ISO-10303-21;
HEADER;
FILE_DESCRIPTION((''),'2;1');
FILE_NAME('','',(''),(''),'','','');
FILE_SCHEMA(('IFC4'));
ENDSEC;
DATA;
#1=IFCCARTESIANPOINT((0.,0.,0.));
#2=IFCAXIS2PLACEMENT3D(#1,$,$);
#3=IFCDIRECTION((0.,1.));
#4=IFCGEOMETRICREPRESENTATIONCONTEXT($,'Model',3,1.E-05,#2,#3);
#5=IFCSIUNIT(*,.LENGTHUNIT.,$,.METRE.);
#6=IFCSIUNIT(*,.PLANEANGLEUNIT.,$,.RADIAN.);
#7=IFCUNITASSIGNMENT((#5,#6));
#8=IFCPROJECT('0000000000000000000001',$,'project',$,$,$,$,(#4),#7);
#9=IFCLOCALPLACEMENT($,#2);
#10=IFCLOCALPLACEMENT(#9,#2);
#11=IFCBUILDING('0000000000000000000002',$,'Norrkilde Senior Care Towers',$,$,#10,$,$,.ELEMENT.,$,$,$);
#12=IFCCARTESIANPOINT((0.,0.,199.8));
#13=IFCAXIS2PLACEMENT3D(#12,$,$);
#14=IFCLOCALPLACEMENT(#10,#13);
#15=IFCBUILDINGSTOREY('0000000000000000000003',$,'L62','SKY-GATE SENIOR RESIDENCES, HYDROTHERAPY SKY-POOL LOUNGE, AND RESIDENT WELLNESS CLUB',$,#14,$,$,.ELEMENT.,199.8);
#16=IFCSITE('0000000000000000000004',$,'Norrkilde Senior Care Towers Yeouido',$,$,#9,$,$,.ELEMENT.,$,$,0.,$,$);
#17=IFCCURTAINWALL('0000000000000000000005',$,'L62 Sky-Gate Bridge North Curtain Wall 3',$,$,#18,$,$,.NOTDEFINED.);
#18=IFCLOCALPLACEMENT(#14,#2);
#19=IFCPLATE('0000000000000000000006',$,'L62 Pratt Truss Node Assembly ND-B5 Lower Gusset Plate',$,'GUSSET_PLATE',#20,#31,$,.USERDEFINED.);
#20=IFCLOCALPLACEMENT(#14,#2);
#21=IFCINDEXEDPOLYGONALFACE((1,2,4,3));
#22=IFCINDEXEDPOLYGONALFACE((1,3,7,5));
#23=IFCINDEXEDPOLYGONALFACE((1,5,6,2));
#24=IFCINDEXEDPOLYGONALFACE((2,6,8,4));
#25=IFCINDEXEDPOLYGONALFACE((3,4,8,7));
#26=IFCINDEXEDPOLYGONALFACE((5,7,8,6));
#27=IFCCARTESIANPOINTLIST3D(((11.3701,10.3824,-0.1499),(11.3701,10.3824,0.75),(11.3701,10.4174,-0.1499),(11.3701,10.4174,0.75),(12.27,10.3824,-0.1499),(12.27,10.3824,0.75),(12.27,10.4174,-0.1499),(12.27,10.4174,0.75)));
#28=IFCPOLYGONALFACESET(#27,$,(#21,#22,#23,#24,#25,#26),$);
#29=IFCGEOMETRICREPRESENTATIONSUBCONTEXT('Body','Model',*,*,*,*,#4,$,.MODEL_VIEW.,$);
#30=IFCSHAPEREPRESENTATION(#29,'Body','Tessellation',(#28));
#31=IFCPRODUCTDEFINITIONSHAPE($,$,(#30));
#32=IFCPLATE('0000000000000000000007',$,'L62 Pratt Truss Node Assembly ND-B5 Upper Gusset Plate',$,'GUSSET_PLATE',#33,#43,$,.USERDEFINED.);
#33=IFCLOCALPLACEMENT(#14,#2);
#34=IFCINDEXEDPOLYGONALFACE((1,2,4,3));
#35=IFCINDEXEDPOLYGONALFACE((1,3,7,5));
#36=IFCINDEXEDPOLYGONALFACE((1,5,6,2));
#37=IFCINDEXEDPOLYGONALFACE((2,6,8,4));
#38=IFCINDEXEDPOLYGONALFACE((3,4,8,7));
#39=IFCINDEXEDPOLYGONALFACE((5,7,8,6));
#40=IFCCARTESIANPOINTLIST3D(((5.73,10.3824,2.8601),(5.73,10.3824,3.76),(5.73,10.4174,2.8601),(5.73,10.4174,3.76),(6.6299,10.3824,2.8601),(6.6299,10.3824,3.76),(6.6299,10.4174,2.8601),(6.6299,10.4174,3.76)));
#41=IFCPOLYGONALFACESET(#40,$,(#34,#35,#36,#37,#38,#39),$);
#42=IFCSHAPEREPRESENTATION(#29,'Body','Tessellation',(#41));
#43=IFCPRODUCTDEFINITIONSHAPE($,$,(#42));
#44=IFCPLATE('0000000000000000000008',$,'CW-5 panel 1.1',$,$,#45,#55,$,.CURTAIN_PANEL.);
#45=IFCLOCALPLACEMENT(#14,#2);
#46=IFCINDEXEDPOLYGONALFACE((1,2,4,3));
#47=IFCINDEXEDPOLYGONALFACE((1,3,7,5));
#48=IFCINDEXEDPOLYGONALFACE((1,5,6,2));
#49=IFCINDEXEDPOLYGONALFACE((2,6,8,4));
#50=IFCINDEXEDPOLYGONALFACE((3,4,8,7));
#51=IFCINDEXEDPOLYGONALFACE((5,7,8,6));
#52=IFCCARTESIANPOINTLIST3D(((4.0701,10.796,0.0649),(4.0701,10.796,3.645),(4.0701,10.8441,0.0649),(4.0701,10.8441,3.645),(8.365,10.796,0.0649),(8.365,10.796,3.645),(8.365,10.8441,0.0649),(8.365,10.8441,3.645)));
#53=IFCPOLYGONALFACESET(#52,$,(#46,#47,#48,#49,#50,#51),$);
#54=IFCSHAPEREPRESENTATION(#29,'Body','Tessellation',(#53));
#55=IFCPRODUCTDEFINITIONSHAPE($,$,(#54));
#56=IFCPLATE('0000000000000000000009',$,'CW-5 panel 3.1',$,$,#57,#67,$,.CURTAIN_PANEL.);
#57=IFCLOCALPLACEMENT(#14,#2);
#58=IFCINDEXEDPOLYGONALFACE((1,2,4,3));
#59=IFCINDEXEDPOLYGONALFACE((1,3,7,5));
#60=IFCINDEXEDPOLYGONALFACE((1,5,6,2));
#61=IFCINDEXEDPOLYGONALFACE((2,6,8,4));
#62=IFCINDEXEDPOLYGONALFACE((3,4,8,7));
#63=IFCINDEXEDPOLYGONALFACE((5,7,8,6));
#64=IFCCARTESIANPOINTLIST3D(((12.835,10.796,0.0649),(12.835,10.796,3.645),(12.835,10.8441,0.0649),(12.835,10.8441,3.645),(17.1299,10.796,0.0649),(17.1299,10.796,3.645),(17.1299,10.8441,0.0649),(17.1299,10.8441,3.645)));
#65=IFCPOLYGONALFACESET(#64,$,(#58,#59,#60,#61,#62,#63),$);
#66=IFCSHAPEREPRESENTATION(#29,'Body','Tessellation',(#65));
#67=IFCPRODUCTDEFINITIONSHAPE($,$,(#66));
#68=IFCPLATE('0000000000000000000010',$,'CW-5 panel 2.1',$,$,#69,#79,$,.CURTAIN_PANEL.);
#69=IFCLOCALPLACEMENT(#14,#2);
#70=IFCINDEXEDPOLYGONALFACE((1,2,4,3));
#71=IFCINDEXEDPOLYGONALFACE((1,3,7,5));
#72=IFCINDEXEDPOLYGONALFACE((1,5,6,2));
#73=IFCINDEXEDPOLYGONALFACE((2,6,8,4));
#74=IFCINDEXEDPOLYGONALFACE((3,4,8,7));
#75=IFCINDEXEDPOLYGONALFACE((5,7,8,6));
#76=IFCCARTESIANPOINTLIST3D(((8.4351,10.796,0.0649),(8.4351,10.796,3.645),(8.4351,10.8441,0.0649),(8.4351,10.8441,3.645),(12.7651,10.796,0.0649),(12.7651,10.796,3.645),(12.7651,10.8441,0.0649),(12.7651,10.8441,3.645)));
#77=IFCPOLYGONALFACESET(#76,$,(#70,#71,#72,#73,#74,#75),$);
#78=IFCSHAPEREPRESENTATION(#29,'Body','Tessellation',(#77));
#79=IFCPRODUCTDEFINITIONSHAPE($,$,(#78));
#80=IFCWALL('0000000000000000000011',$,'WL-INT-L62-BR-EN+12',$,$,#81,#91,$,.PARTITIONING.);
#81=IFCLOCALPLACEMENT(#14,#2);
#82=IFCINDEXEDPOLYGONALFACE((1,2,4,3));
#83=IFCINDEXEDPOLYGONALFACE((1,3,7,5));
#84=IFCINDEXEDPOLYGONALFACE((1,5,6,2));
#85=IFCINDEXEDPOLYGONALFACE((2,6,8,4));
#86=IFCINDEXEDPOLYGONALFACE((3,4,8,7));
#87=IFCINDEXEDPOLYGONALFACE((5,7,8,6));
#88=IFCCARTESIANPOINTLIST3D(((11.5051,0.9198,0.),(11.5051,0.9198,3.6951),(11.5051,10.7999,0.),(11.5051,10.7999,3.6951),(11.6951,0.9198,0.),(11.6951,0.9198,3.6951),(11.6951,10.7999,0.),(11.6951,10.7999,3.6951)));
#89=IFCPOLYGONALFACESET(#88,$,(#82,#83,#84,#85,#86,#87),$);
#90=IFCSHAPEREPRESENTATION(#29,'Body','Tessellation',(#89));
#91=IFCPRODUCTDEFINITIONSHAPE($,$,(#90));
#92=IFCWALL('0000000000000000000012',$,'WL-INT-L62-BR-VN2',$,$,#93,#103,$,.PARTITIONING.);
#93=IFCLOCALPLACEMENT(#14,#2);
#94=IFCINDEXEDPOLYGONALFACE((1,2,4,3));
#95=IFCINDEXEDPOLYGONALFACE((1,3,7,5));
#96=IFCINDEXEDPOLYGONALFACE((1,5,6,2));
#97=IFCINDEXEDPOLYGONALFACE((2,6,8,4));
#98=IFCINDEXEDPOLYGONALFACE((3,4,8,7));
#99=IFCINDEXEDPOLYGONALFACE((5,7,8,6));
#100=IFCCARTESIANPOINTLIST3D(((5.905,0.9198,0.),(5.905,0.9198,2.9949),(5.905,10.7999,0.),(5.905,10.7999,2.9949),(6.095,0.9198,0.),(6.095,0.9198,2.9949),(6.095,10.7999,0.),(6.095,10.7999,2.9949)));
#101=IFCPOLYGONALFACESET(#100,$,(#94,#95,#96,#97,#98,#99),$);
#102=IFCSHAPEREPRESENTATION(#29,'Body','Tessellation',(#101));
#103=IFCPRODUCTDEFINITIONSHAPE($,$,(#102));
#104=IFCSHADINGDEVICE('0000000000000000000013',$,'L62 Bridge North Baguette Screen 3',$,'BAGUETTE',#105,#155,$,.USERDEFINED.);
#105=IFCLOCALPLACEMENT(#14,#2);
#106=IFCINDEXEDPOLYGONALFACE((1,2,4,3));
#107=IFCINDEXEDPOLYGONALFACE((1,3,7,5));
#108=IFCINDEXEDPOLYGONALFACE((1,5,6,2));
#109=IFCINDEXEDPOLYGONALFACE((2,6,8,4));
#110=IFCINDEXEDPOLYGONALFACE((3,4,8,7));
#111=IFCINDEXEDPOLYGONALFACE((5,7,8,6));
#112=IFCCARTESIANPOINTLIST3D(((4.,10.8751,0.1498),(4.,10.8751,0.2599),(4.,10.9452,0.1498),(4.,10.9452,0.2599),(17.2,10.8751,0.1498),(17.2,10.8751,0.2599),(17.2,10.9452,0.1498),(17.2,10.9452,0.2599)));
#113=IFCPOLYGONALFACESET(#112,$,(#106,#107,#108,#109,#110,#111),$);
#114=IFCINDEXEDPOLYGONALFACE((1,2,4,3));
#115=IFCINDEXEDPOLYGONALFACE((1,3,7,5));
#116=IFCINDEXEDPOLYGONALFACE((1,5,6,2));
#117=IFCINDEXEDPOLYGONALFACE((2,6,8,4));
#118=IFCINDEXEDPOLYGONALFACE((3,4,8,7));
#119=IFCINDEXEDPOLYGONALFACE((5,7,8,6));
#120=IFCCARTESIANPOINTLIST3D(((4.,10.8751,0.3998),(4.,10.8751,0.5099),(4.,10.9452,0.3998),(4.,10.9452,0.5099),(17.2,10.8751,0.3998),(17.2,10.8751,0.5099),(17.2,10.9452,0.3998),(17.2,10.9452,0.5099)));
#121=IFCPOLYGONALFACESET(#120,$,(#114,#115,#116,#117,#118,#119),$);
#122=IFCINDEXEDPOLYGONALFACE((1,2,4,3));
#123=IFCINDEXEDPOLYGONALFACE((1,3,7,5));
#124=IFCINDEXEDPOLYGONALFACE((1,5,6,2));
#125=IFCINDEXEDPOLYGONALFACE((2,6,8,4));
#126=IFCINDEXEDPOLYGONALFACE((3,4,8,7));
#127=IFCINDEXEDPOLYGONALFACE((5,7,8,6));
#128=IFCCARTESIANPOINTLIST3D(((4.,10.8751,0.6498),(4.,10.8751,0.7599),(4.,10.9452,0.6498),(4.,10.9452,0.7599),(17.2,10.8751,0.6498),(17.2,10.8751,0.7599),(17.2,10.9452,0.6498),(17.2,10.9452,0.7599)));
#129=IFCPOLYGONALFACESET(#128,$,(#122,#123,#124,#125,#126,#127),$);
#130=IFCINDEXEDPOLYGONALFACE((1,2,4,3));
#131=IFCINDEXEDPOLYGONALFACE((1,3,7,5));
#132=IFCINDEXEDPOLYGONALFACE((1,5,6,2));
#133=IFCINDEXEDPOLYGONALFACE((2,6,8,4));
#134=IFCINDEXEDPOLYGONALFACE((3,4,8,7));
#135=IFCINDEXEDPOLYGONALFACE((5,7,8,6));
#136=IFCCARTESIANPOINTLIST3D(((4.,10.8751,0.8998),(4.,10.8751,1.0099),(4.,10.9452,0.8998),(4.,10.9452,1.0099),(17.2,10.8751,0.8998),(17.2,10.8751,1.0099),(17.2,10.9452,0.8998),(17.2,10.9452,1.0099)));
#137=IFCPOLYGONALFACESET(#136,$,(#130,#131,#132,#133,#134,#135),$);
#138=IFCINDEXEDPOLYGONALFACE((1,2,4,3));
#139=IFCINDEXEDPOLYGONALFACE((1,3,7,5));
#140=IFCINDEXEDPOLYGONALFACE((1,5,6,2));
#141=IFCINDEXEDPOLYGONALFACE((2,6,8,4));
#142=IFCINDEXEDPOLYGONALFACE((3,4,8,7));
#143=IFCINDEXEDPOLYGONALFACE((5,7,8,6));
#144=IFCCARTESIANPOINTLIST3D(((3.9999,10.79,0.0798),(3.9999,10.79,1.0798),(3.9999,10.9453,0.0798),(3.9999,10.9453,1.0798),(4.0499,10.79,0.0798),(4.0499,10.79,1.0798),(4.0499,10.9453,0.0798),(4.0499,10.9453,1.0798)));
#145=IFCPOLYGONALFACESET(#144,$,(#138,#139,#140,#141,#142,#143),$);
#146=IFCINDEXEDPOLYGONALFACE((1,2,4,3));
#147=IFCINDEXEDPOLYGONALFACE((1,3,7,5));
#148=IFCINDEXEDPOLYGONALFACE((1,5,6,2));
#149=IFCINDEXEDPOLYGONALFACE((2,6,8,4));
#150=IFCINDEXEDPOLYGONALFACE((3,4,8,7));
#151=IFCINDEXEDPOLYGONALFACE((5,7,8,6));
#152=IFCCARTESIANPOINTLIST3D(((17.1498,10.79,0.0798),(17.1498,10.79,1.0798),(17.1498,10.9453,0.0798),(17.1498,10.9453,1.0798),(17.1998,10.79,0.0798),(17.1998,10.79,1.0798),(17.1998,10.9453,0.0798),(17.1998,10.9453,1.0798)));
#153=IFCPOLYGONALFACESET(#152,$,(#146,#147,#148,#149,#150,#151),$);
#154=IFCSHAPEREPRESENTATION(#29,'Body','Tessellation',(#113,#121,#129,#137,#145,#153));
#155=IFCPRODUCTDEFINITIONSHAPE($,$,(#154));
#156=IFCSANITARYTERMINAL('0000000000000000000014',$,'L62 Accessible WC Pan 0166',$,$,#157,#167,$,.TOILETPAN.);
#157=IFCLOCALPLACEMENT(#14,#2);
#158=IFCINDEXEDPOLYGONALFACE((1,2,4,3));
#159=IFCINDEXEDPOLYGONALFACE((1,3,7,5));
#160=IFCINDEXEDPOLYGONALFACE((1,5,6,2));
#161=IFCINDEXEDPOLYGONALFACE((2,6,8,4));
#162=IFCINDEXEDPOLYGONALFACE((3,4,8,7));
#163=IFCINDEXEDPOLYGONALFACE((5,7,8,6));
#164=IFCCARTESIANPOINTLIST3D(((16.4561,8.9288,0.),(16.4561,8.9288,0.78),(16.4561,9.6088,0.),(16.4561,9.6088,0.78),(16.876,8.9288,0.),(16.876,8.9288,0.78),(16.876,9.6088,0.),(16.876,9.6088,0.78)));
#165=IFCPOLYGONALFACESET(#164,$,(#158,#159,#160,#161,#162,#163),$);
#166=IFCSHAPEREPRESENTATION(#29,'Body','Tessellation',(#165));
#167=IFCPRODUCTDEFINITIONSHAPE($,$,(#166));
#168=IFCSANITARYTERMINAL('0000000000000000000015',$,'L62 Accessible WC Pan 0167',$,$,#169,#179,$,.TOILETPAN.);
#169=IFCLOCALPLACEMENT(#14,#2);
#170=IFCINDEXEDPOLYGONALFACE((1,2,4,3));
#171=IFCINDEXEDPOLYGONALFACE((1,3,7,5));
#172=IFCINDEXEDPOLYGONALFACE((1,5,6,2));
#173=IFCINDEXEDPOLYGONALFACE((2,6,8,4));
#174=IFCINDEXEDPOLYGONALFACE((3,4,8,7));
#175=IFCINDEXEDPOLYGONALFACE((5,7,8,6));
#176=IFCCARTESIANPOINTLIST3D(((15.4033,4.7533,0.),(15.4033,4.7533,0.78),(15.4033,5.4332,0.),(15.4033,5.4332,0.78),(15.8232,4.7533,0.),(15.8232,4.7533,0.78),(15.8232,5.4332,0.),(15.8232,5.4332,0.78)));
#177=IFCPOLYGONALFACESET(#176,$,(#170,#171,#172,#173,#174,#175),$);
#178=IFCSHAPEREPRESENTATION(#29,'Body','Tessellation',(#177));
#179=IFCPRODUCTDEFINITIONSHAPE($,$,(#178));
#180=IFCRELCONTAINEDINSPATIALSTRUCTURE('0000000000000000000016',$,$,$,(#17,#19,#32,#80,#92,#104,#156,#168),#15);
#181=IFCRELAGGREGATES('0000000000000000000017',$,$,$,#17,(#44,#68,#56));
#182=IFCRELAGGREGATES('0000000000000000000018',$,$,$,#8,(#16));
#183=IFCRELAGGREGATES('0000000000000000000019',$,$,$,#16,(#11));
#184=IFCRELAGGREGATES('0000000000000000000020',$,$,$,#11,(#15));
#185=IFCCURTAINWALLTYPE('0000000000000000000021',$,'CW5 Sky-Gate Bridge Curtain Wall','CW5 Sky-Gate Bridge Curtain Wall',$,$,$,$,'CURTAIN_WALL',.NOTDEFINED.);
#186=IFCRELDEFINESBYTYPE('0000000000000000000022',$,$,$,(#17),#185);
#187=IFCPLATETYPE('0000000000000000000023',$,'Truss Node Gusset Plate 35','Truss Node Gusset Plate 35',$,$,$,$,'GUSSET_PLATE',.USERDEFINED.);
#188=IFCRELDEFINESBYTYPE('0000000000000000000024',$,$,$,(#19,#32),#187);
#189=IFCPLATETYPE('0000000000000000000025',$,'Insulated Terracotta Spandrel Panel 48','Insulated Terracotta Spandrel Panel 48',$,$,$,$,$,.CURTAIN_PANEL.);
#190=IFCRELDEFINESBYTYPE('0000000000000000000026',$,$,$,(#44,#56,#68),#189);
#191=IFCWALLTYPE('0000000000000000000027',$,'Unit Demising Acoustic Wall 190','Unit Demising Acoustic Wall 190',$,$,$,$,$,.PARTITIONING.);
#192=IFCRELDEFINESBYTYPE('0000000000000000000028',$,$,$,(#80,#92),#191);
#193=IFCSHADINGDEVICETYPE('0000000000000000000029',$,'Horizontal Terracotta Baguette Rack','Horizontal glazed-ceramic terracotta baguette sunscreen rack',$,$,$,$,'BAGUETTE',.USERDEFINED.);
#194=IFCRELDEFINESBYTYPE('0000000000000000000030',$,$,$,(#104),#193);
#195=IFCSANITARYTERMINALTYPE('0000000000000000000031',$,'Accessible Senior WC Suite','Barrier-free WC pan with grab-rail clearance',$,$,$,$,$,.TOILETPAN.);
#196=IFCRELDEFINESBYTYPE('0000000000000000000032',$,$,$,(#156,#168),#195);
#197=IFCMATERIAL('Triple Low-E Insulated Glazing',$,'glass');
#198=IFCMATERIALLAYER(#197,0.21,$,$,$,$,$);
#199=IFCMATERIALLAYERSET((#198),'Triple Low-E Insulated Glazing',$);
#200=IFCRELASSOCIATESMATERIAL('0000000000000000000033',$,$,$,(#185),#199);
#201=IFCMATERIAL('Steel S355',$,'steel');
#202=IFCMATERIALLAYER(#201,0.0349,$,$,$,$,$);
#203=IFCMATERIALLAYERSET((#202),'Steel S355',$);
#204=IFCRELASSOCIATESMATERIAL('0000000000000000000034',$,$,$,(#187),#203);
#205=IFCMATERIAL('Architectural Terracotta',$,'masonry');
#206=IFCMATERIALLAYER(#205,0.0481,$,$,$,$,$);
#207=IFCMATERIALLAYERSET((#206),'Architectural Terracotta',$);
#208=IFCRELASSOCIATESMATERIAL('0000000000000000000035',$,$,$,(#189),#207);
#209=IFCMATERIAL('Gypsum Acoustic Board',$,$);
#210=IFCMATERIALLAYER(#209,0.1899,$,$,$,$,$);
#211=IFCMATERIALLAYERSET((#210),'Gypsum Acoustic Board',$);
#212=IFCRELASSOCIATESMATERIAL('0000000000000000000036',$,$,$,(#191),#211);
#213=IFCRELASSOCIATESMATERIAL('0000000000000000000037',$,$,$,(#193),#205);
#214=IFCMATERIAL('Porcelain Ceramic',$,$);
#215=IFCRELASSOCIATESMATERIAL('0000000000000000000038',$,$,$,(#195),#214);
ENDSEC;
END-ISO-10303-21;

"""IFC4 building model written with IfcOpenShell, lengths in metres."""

from ifc_helpers import new_model, si_unit, direction, frame, frame_2d, origin, origin_2d, place, context, subcontext, project, spatial, rectangle, extrude, source, transform, mapped, material, layer, layer_set, type_object, type_shapes, element, aggregate, save


model = new_model("IFC4")

# Units and contexts
model_context = context("Model", 3, precision=1e-05, world=origin(), true_north=direction((0.0, 1.0)))
body_context = subcontext(model_context, "Body", "Model", "MODEL_VIEW")
ifc_project = project(units=[si_unit("LENGTHUNIT", "METRE"), si_unit("PLANEANGLEUNIT", "RADIAN")], contexts=[model_context])

# Site, building, storey
site_placement = place(None, origin())
site = spatial("IfcSite", under=ifc_project, at=site_placement, Name="Norrkilde Senior Care Towers Yeouido", CompositionType="ELEMENT", RefElevation=0.0)
building_placement = place(site_placement, origin())
building = spatial("IfcBuilding", under=site, at=building_placement, Name="Norrkilde Senior Care Towers", CompositionType="ELEMENT")
storey_placement = place(building_placement, frame((0.0, 0.0, 199.8)))
storey = spatial("IfcBuildingStorey", under=building, at=storey_placement, Name="L62", Description="SKY-GATE SENIOR RESIDENCES, HYDROTHERAPY SKY-POOL LOUNGE, AND RESIDENT WELLNESS CLUB", CompositionType="ELEMENT", Elevation=199.8)

# Shared definitions
ifc_material_1 = material(Name="Steel S355", Category="steel")

# Shared definitions
ifc_material_2 = material(Name="Triple Low-E Insulated Glazing", Category="glass")

# Shared definitions
ifc_layer_1 = layer(ifc_material_2, 0.21)
ifc_layer_set_1 = layer_set([ifc_layer_1], Name="Triple Low-E Insulated Glazing")
curtain_wall_type_1 = type_object("IfcCurtainWallType", Name="CW5 Sky-Gate Bridge Curtain Wall", Description="CW5 Sky-Gate Bridge Curtain Wall", ElementType="CURTAIN_WALL", PredefinedType="NOTDEFINED", material=ifc_layer_set_1)

# Curtain wall
curtain_wall_1_placement = place(storey_placement, origin())
curtain_wall_1 = element("IfcCurtainWall", 1, at=curtain_wall_1_placement, inside=storey, type_object=curtain_wall_type_1, Name="L62 Sky-Gate Bridge North Curtain Wall 3", PredefinedType="NOTDEFINED")

# Plates
ifc_layer_2 = layer(ifc_material_1, 0.0349)
ifc_layer_set_2 = layer_set([ifc_layer_2], Name="Steel S355")
plate_type_1 = type_object("IfcPlateType", Name="Truss Node Gusset Plate 35", Description="Truss Node Gusset Plate 35", ElementType="GUSSET_PLATE", PredefinedType="USERDEFINED", material=ifc_layer_set_2)
shared_shape_1 = source(origin(), body_context, "Body", "SweptSolid", [
    extrude(rectangle(XDim=0.8999, YDim=0.0349, at=origin_2d()), origin(), (0.0, 0.0, 1.0), 0.8999),
])
type_shapes(plate_type_1, [shared_shape_1])
for number, where, z_axis, x_axis, name in (
    (2, (11.8201, 10.3999, -0.1499), (0.0, 0.0, 1.0), (1.0, 0.0, 0.0), "L62 Pratt Truss Node Assembly ND-B5 Lower Gusset Plate"),
    (3, (6.1799, 10.3999, 2.8601), (0.0, 0.0, 1.0), (1.0, 0.0, 0.0), "L62 Pratt Truss Node Assembly ND-B5 Upper Gusset Plate"),
):
    element("IfcPlate", number, at=place(storey_placement, frame(where, z_axis=z_axis, x_axis=x_axis)), inside=storey, type_object=plate_type_1, Name=name, ObjectType="GUSSET_PLATE", PredefinedType="USERDEFINED", context=body_context, shape_type="MappedRepresentation", body=[
        mapped(shared_shape_1, transform((0.0, 0.0, 0.0), x_axis=(1.0, 0.0, 0.0), y_axis=(0.0, 1.0, 0.0), z_axis=(0.0, 0.0, 1.0), scale=1.0)),
    ])

# Plates
ifc_material_3 = material(Name="Architectural Terracotta", Category="masonry")
ifc_layer_3 = layer(ifc_material_3, 0.0481)
ifc_layer_set_3 = layer_set([ifc_layer_3], Name="Architectural Terracotta")
plate_type_2 = type_object("IfcPlateType", Name="Insulated Terracotta Spandrel Panel 48", Description="Insulated Terracotta Spandrel Panel 48", PredefinedType="CURTAIN_PANEL", material=ifc_layer_set_3)
shared_shape_2 = source(origin(), body_context, "Body", "SweptSolid", [
    extrude(rectangle(XDim=4.2949, YDim=0.0481, at=origin_2d()), origin(), (0.0, 0.0, 1.0), 3.5801),
])
plate_1_placement = place(storey_placement, frame((6.2175, 10.8201, 0.0649), z_axis=(0.0, 0.0, 1.0), x_axis=(1.0, 0.0, 0.0)))
plate_1 = element("IfcPlate", 4, at=plate_1_placement, type_object=plate_type_2, Name="CW-5 panel 1.1", PredefinedType="CURTAIN_PANEL", context=body_context, shape_type="MappedRepresentation", body=[
    mapped(shared_shape_2, transform((0.0, 0.0, 0.0), x_axis=(1.0, 0.0, 0.0), y_axis=(0.0, 1.0, 0.0), z_axis=(0.0, 0.0, 1.0), scale=1.0)),
])
plate_2_placement = place(storey_placement, frame((14.9824, 10.8201, 0.0649), z_axis=(0.0, 0.0, 1.0), x_axis=(1.0, 0.0, 0.0)))
plate_2 = element("IfcPlate", 5, at=plate_2_placement, type_object=plate_type_2, Name="CW-5 panel 3.1", PredefinedType="CURTAIN_PANEL", context=body_context, shape_type="MappedRepresentation", body=[
    mapped(shared_shape_2, transform((0.0, 0.0, 0.0), x_axis=(1.0, 0.0, 0.0), y_axis=(0.0, 1.0, 0.0), z_axis=(0.0, 0.0, 1.0), scale=1.0)),
])
shared_shape_3 = source(origin(), body_context, "Body", "SweptSolid", [
    extrude(rectangle(XDim=4.3301, YDim=0.0481, at=origin_2d()), origin(), (0.0, 0.0, 1.0), 3.5801),
])
type_shapes(plate_type_2, [shared_shape_2, shared_shape_3])
plate_3_placement = place(storey_placement, frame((10.6001, 10.8201, 0.0649), z_axis=(0.0, 0.0, 1.0), x_axis=(1.0, 0.0, 0.0)))
plate_3 = element("IfcPlate", 6, at=plate_3_placement, type_object=plate_type_2, Name="CW-5 panel 2.1", PredefinedType="CURTAIN_PANEL", context=body_context, shape_type="MappedRepresentation", body=[
    mapped(shared_shape_3, transform((0.0, 0.0, 0.0), x_axis=(1.0, 0.0, 0.0), y_axis=(0.0, 1.0, 0.0), z_axis=(0.0, 0.0, 1.0), scale=1.0)),
])
aggregate(curtain_wall_1, [plate_1, plate_3, plate_2])

# Walls
ifc_material_4 = material(Name="Gypsum Acoustic Board")
ifc_layer_4 = layer(ifc_material_4, 0.1899)
ifc_layer_set_4 = layer_set([ifc_layer_4], Name="Gypsum Acoustic Board")
wall_type = type_object("IfcWallType", Name="Unit Demising Acoustic Wall 190", Description="Unit Demising Acoustic Wall 190", PredefinedType="PARTITIONING", material=ifc_layer_set_4)
shared_shape_4 = source(origin(), body_context, "Body", "SweptSolid", [
    extrude(rectangle(XDim=9.8801, YDim=0.1899, at=frame_2d((4.9399, 0.0))), origin(), (0.0, 0.0, 1.0), 3.6951),
])
wall_1_placement = place(storey_placement, frame((11.6001, 0.9199, 0.0), z_axis=(0.0, 0.0, 1.0), x_axis=(0.0, 1.0, 0.0)))
element("IfcWall", 7, at=wall_1_placement, inside=storey, type_object=wall_type, Name="WL-INT-L62-BR-EN+12", PredefinedType="PARTITIONING", context=body_context, shape_type="MappedRepresentation", body=[
    mapped(shared_shape_4, transform((0.0, 0.0, 0.0), x_axis=(1.0, 0.0, 0.0), y_axis=(0.0, 1.0, 0.0), z_axis=(0.0, 0.0, 1.0), scale=1.0)),
])
shared_shape_5 = source(origin(), body_context, "Body", "SweptSolid", [
    extrude(rectangle(XDim=9.8801, YDim=0.1899, at=frame_2d((4.9399, 0.0))), origin(), (0.0, 0.0, 1.0), 2.9949),
])
type_shapes(wall_type, [shared_shape_4, shared_shape_5])
wall_2_placement = place(storey_placement, frame((6.0, 0.9199, 0.0), z_axis=(0.0, 0.0, 1.0), x_axis=(0.0, 1.0, 0.0)))
element("IfcWall", 8, at=wall_2_placement, inside=storey, type_object=wall_type, Name="WL-INT-L62-BR-VN2", PredefinedType="PARTITIONING", context=body_context, shape_type="MappedRepresentation", body=[
    mapped(shared_shape_5, transform((0.0, 0.0, 0.0), x_axis=(1.0, 0.0, 0.0), y_axis=(0.0, 1.0, 0.0), z_axis=(0.0, 0.0, 1.0), scale=1.0)),
])

# Shading device
shading_device_type = type_object("IfcShadingDeviceType", Name="Horizontal Terracotta Baguette Rack", Description="Horizontal glazed-ceramic terracotta baguette sunscreen rack", ElementType="BAGUETTE", PredefinedType="USERDEFINED", material=ifc_material_3)
shared_shape_6 = source(origin(), body_context, "Body", "SweptSolid", [
    extrude(rectangle(XDim=0.0701, YDim=0.1101, at=origin_2d()), frame((0.0, 0.0901, 0.125), z_axis=(1.0, 0.0, 0.0), x_axis=(0.0, 1.0, 0.0)), (0.0, 0.0, 1.0), 13.2),
    extrude(rectangle(XDim=0.0701, YDim=0.1101, at=origin_2d()), frame((0.0, 0.0901, 0.375), z_axis=(1.0, 0.0, 0.0), x_axis=(0.0, 1.0, 0.0)), (0.0, 0.0, 1.0), 13.2),
    extrude(rectangle(XDim=0.0701, YDim=0.1101, at=origin_2d()), frame((0.0, 0.0901, 0.625), z_axis=(1.0, 0.0, 0.0), x_axis=(0.0, 1.0, 0.0)), (0.0, 0.0, 1.0), 13.2),
    extrude(rectangle(XDim=0.0701, YDim=0.1101, at=origin_2d()), frame((0.0, 0.0901, 0.875), z_axis=(1.0, 0.0, 0.0), x_axis=(0.0, 1.0, 0.0)), (0.0, 0.0, 1.0), 13.2),
    extrude(rectangle(XDim=0.05, YDim=0.1553, at=origin_2d()), frame((0.0249, 0.0476, 0.0)), (0.0, 0.0, 1.0), 1.0),
    extrude(rectangle(XDim=0.05, YDim=0.1553, at=origin_2d()), frame((13.1748, 0.0476, 0.0)), (0.0, 0.0, 1.0), 1.0),
])
type_shapes(shading_device_type, [shared_shape_6])
shading_device_placement = place(storey_placement, frame((4.0, 10.8201, 0.0798), z_axis=(0.0, 0.0, 1.0), x_axis=(1.0, 0.0, 0.0)))
element("IfcShadingDevice", 9, at=shading_device_placement, inside=storey, type_object=shading_device_type, Name="L62 Bridge North Baguette Screen 3", ObjectType="BAGUETTE", PredefinedType="USERDEFINED", context=body_context, shape_type="MappedRepresentation", body=[
    mapped(shared_shape_6, transform((0.0, 0.0, 0.0), x_axis=(1.0, 0.0, 0.0), y_axis=(0.0, 1.0, 0.0), z_axis=(0.0, 0.0, 1.0), scale=1.0)),
])

# Sanitary terminals
ifc_material_5 = material(Name="Porcelain Ceramic")
sanitary_terminal_type_1 = type_object("IfcSanitaryTerminalType", Name="Accessible Senior WC Suite", Description="Barrier-free WC pan with grab-rail clearance", PredefinedType="TOILETPAN", material=ifc_material_5)
shared_shape_7 = source(origin(), body_context, "Body", "SweptSolid", [
    extrude(rectangle(XDim=0.4199, YDim=0.6799, at=origin_2d()), origin(), (0.0, 0.0, 1.0), 0.78),
])
type_shapes(sanitary_terminal_type_1, [shared_shape_7])
for number, where, z_axis, x_axis, name in (
    (10, (16.666, 9.2688, 0.0), (0.0, 0.0, 1.0), (1.0, 0.0, 0.0), "L62 Accessible WC Pan 0166"),
    (11, (15.6133, 5.0933, 0.0), (0.0, 0.0, 1.0), (1.0, 0.0, 0.0), "L62 Accessible WC Pan 0167"),
):
    element("IfcSanitaryTerminal", number, at=place(storey_placement, frame(where, z_axis=z_axis, x_axis=x_axis)), inside=storey, type_object=sanitary_terminal_type_1, Name=name, PredefinedType="TOILETPAN", context=body_context, shape_type="MappedRepresentation", body=[
        mapped(shared_shape_7, transform((0.0, 0.0, 0.0), x_axis=(1.0, 0.0, 0.0), y_axis=(0.0, 1.0, 0.0), z_axis=(0.0, 0.0, 1.0), scale=1.0)),
    ])

save(model, "model.ifc")
